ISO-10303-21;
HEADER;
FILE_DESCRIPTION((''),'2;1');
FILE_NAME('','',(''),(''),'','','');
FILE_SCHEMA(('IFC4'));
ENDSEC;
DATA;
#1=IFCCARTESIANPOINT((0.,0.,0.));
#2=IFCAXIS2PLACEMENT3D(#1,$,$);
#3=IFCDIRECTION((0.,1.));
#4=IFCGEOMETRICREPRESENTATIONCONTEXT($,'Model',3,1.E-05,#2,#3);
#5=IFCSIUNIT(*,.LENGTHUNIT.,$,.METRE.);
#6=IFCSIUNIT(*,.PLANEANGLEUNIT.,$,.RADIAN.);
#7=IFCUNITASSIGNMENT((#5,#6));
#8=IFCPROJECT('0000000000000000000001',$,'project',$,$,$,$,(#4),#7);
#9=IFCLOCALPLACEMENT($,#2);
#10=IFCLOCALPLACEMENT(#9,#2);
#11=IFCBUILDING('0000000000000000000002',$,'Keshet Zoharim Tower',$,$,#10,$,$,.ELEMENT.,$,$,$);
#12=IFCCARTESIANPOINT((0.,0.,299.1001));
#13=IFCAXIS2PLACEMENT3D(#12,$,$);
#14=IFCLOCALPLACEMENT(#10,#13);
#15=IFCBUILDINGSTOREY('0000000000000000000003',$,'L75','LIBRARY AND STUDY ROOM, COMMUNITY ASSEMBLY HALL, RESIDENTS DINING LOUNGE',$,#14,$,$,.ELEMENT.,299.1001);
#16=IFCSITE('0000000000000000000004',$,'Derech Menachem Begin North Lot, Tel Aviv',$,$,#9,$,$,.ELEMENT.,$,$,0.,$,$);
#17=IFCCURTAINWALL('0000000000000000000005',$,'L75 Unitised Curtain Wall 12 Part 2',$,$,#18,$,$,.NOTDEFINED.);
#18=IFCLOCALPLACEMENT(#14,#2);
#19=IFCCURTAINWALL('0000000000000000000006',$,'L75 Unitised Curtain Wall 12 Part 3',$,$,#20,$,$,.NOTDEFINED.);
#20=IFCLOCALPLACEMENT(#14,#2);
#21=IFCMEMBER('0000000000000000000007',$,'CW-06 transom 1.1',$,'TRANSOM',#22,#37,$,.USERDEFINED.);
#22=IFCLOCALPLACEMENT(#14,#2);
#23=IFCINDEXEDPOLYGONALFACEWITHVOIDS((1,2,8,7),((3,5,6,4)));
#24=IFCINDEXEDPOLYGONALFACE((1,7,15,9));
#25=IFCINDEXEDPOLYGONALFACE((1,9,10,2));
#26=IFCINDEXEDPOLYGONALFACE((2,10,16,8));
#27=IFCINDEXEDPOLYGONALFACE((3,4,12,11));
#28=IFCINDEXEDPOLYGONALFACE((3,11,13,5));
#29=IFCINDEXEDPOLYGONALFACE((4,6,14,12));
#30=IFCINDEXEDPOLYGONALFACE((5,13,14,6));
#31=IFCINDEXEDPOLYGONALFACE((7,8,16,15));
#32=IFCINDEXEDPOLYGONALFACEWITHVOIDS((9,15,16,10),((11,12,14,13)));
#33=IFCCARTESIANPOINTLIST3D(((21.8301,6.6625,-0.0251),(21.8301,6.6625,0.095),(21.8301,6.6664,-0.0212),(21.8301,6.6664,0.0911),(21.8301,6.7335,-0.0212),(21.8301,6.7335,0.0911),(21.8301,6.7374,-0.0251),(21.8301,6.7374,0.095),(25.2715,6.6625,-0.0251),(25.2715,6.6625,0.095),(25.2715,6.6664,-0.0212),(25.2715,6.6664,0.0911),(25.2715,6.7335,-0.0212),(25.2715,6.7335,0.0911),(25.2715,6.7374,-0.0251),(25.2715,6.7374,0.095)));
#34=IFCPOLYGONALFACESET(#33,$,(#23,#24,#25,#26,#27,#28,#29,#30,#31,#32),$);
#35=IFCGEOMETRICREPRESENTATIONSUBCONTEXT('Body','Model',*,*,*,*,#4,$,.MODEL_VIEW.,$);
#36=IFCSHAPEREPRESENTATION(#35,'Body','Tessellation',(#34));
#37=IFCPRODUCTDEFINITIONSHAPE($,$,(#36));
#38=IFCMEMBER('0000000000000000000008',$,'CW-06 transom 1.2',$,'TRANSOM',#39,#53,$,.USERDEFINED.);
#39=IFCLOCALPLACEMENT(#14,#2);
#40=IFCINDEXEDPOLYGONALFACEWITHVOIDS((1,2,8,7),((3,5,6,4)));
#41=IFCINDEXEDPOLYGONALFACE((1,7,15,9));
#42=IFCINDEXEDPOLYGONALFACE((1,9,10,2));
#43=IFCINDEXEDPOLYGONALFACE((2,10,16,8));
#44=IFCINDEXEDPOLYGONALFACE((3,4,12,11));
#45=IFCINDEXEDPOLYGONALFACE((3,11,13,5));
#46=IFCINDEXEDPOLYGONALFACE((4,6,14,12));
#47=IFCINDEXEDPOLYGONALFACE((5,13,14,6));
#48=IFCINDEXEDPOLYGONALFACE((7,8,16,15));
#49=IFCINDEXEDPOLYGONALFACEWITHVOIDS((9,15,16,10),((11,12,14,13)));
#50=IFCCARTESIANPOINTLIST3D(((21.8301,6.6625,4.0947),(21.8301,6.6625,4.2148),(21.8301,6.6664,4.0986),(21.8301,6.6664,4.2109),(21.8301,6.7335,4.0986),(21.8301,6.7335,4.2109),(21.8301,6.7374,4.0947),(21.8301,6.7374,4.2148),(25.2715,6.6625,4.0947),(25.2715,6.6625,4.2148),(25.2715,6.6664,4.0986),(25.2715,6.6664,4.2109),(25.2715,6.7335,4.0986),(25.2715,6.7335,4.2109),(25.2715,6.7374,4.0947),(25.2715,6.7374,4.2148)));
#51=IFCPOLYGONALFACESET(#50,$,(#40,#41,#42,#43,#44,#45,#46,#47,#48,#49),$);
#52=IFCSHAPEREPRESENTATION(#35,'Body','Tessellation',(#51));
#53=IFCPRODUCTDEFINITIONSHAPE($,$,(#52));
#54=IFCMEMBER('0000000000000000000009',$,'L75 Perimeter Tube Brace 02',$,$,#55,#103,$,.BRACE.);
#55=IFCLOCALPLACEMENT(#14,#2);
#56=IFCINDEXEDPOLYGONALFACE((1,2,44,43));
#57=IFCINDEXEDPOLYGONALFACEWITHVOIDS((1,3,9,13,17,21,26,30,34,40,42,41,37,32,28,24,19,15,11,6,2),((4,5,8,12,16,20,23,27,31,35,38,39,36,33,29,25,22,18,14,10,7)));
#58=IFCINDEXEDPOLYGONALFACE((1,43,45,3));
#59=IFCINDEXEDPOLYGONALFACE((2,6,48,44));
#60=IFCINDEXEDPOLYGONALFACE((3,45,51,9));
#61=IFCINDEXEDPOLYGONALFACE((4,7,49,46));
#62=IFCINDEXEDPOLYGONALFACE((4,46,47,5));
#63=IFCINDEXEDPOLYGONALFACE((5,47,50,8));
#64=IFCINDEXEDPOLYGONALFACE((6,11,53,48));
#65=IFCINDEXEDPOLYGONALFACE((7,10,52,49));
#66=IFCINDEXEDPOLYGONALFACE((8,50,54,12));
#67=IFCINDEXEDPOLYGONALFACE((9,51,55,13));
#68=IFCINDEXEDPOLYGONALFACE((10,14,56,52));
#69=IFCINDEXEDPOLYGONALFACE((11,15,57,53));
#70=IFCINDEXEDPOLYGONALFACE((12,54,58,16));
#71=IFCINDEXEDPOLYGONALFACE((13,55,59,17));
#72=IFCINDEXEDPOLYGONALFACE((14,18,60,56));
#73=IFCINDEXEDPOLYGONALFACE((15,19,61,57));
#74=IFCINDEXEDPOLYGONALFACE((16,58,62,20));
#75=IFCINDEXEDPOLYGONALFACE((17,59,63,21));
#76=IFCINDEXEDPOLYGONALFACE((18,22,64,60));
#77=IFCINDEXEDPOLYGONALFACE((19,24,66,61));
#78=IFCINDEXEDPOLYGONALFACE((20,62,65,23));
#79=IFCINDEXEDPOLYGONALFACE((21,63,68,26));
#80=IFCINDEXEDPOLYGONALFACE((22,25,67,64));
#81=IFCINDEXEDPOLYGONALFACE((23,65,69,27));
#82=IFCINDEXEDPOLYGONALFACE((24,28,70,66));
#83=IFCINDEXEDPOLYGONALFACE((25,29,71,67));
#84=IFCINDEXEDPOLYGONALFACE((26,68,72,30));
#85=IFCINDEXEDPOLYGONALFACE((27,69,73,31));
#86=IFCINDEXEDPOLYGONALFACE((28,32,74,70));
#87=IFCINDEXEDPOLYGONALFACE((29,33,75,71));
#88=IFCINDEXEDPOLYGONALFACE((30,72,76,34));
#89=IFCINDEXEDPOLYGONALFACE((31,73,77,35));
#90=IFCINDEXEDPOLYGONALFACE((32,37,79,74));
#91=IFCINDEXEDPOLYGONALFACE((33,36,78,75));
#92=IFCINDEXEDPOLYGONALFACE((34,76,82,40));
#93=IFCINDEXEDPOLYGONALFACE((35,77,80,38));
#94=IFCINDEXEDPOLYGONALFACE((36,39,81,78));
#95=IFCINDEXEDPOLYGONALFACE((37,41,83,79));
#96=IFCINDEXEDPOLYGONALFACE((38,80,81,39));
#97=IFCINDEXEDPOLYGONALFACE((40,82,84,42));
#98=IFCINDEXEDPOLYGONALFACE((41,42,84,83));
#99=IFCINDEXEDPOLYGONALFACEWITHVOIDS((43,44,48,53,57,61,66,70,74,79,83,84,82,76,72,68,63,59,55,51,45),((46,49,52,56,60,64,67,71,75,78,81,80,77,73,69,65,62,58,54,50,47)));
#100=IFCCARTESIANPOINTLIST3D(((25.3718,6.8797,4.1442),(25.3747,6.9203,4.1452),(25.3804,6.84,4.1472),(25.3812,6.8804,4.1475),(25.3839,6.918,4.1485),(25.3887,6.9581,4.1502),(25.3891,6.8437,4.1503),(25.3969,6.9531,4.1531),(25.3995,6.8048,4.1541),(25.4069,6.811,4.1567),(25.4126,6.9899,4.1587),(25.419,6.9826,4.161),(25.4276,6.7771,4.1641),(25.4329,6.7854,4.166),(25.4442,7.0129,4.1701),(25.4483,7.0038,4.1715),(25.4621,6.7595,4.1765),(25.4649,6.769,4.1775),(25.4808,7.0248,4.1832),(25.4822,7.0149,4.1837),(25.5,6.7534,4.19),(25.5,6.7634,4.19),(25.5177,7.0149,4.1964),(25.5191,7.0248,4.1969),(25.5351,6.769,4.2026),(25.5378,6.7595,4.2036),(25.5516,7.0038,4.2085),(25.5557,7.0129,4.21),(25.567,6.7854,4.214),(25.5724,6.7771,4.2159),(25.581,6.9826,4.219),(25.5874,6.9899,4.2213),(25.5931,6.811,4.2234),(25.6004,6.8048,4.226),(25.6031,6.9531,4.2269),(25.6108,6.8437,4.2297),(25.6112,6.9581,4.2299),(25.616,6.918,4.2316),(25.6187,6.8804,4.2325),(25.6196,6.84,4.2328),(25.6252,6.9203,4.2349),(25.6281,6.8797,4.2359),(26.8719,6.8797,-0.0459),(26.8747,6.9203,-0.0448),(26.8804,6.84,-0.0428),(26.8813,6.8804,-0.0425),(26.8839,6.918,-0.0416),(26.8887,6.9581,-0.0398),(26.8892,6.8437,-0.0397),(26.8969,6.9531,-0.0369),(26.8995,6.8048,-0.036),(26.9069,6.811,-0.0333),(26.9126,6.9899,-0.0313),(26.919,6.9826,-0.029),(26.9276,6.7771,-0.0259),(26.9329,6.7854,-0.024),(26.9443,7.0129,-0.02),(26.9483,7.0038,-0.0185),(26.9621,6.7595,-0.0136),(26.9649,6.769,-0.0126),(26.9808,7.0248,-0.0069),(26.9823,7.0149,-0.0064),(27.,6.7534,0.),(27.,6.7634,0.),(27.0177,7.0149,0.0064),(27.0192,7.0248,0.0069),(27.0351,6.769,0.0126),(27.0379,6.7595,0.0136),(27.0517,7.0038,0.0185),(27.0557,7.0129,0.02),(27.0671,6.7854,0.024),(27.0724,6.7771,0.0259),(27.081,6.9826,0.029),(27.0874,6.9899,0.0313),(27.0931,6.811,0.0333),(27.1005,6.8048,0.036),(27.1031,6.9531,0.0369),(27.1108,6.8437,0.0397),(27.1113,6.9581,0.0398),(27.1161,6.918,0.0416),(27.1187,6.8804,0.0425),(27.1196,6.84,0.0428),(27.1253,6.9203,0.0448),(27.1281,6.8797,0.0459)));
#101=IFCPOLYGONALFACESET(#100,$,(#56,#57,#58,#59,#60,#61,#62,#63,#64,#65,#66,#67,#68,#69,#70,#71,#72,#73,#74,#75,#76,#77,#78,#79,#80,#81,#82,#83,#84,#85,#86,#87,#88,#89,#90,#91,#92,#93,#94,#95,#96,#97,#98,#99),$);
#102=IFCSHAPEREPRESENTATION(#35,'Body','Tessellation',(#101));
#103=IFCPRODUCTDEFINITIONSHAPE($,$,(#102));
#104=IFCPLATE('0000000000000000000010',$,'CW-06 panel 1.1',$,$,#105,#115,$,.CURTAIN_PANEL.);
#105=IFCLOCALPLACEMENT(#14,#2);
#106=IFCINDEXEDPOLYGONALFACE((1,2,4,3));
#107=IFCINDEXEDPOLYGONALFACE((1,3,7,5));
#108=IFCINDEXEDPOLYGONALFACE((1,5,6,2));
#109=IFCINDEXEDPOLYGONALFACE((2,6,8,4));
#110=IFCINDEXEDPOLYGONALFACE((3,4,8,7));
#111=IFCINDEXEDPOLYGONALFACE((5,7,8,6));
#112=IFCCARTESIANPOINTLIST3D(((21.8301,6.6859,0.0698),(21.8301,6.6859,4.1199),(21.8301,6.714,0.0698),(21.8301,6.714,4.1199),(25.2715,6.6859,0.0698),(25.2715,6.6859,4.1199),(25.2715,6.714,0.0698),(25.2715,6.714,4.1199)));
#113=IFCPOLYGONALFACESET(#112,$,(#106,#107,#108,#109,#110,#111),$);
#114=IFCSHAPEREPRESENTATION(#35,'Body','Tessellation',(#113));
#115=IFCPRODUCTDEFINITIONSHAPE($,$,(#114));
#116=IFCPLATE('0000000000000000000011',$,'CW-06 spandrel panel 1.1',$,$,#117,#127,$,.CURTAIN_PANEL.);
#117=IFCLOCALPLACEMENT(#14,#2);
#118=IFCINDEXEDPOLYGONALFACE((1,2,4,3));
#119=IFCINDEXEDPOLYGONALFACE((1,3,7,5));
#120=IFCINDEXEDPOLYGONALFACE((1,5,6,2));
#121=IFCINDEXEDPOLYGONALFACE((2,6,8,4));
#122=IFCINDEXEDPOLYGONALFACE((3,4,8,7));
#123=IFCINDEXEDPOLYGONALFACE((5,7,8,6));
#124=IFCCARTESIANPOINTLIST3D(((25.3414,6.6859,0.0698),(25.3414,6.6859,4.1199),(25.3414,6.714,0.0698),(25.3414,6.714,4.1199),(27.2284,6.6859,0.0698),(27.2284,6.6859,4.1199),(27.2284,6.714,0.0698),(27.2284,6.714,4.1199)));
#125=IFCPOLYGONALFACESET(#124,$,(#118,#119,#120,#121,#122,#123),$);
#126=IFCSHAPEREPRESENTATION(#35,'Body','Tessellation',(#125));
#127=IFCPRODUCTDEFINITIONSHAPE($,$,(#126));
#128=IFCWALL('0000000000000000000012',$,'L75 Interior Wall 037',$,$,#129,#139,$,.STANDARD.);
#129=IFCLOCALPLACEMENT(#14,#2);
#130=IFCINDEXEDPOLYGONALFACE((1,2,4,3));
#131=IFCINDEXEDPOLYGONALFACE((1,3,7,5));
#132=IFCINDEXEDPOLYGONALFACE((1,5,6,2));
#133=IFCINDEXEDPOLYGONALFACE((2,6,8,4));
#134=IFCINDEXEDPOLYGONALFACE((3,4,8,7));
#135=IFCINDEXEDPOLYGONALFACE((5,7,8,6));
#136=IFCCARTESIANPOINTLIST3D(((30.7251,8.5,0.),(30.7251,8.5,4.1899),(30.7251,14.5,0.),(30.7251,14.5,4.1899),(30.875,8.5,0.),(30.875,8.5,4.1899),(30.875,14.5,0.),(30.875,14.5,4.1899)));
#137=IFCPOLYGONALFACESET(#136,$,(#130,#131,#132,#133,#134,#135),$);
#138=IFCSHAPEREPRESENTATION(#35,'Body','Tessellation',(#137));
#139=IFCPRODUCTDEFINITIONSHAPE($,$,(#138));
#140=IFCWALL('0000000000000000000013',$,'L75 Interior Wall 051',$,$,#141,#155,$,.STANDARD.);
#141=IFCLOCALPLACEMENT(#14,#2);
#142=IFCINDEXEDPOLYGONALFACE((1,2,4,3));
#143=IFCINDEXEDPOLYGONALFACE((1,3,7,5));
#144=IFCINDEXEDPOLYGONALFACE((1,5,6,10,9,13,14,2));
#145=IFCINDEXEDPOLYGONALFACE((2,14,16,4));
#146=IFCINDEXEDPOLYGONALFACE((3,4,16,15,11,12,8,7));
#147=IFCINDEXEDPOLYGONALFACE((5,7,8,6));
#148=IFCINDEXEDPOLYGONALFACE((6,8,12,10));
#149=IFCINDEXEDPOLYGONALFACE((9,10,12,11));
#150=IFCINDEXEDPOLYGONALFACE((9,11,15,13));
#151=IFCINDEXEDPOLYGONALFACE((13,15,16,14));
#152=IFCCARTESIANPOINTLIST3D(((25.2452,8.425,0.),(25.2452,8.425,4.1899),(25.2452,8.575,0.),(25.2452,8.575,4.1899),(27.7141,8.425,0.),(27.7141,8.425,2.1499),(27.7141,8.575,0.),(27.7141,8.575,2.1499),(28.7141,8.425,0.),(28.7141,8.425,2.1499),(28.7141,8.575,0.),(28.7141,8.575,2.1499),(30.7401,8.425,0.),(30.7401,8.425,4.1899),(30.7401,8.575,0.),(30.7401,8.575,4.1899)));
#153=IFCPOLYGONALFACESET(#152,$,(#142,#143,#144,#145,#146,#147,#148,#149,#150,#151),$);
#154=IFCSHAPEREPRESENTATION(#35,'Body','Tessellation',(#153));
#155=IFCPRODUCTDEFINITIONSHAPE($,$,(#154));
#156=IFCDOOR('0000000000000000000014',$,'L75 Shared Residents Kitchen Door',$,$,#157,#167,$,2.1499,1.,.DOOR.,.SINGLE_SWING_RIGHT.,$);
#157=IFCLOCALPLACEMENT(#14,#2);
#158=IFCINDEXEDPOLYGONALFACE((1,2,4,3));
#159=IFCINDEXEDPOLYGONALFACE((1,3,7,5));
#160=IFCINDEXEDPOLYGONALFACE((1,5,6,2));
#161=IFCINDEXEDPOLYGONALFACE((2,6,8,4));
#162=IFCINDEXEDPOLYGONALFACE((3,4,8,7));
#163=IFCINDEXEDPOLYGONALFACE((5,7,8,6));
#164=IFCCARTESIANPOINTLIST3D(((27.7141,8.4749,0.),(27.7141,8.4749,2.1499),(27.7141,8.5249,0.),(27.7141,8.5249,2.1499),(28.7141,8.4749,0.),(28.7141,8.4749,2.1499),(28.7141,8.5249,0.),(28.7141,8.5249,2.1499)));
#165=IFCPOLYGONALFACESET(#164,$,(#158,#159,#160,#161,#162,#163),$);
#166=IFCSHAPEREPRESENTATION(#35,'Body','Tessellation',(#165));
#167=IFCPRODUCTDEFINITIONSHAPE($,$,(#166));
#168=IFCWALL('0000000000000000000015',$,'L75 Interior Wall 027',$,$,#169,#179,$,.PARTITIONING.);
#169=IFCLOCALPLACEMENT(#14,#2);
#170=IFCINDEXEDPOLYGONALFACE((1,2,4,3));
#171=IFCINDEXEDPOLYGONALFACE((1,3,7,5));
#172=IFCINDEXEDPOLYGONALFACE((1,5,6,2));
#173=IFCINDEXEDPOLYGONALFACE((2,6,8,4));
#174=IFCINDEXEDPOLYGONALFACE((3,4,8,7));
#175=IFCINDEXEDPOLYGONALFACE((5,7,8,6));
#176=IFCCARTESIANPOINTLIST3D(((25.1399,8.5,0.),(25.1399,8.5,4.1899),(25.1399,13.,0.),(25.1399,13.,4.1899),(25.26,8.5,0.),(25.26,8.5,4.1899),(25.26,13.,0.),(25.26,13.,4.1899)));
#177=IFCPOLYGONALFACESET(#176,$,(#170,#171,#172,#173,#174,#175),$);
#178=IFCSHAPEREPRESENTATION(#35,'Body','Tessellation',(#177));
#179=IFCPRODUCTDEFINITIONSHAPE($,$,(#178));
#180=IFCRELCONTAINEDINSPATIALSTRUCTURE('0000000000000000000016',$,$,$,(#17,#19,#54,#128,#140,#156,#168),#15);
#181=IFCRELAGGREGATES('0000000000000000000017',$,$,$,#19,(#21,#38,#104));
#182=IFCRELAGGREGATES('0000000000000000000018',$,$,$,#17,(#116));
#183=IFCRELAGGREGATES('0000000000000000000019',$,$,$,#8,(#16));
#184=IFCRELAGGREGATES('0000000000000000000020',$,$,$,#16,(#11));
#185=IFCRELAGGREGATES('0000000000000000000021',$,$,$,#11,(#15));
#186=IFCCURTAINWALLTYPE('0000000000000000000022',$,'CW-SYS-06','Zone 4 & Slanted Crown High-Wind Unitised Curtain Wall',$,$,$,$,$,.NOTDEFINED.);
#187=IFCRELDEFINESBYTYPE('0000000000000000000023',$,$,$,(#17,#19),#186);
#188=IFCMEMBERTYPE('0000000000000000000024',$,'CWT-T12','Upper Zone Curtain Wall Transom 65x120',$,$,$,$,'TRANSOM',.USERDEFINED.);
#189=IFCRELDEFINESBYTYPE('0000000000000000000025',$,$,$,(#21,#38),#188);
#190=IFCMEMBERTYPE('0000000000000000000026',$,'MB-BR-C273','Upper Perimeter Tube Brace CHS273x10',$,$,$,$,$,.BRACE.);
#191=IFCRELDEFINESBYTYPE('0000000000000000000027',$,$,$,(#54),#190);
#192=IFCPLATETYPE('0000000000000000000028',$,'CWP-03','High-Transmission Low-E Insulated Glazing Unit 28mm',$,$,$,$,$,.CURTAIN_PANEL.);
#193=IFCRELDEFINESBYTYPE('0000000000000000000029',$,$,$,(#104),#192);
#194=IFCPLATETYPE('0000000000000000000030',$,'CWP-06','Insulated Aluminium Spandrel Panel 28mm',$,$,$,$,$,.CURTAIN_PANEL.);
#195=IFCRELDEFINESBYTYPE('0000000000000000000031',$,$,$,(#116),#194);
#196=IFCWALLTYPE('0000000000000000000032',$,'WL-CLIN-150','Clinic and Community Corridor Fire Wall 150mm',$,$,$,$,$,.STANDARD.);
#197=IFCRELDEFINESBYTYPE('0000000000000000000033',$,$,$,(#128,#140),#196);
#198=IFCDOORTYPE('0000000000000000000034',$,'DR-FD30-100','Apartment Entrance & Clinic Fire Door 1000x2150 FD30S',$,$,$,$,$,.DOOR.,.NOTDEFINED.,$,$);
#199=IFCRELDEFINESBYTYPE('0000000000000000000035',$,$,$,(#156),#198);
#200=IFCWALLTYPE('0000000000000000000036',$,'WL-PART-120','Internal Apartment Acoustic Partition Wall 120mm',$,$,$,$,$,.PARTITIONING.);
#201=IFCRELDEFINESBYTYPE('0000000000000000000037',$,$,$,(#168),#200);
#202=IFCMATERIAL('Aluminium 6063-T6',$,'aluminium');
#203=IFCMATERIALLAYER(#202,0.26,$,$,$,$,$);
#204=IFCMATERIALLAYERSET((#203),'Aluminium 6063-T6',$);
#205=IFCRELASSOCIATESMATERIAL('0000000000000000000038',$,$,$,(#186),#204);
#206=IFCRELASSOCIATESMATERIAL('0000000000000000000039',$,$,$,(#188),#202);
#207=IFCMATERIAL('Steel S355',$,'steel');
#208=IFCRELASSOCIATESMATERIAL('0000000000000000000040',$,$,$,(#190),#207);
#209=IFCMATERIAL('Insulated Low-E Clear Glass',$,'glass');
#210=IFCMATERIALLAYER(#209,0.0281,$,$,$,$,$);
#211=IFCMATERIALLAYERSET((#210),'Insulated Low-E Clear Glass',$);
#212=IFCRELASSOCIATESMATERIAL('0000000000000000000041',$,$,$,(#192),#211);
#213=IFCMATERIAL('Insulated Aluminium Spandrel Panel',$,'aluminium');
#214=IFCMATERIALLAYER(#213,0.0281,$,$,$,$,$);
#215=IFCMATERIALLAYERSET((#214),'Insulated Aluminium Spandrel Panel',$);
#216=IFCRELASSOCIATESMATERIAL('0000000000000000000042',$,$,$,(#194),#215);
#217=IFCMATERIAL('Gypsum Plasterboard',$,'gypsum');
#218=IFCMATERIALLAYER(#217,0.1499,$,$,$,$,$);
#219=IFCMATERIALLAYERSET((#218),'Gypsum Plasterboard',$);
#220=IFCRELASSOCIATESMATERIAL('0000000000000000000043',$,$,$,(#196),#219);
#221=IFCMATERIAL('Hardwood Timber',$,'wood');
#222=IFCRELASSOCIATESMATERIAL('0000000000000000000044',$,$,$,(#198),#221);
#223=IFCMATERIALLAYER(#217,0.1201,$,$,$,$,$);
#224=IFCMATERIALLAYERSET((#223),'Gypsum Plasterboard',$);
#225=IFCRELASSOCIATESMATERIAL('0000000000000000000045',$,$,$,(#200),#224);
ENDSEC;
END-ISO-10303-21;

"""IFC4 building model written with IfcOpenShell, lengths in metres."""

from ifc_helpers import new_model, si_unit, direction, frame, frame_2d, origin, origin_2d, place, context, subcontext, project, spatial, rectangle, hollow_rectangle, hollow_circle, extrude, material, layer, layer_set, material_profile, profile_set, type_object, element, fill, aggregate, save


model = new_model("IFC4")

# Units and contexts
model_context = context("Model", 3, precision=1e-05, world=origin(), true_north=direction((0.0, 1.0)))
body_context = subcontext(model_context, "Body", "Model", "MODEL_VIEW")
ifc_project = project(units=[si_unit("LENGTHUNIT", "METRE"), si_unit("PLANEANGLEUNIT", "RADIAN")], contexts=[model_context])

# Site, building, storey
site_placement = place(None, origin())
site = spatial("IfcSite", under=ifc_project, at=site_placement, Name="Derech Menachem Begin North Lot, Tel Aviv", CompositionType="ELEMENT", RefElevation=0.0)
building_placement = place(site_placement, origin())
building = spatial("IfcBuilding", under=site, at=building_placement, Name="Keshet Zoharim Tower", CompositionType="ELEMENT")
storey_placement = place(building_placement, frame((0.0, 0.0, 299.1001)))
storey = spatial("IfcBuildingStorey", under=building, at=storey_placement, Name="L75", Description="LIBRARY AND STUDY ROOM, COMMUNITY ASSEMBLY HALL, RESIDENTS DINING LOUNGE", CompositionType="ELEMENT", Elevation=299.1001)

# Shared definitions
ifc_material_1 = material(Name="Steel S355", Category="steel")

# Curtain walls
ifc_material_2 = material(Name="Aluminium 6063-T6", Category="aluminium")
ifc_layer_1 = layer(ifc_material_2, 0.26)
ifc_layer_set_1 = layer_set([ifc_layer_1], Name="Aluminium 6063-T6")
curtain_wall_type = type_object("IfcCurtainWallType", Name="CW-SYS-06", Description="Zone 4 & Slanted Crown High-Wind Unitised Curtain Wall", PredefinedType="NOTDEFINED", material=ifc_layer_set_1)
curtain_wall_1_placement = place(storey_placement, origin())
curtain_wall_1 = element("IfcCurtainWall", 1, at=curtain_wall_1_placement, inside=storey, type_object=curtain_wall_type, Name="L75 Unitised Curtain Wall 12 Part 2", PredefinedType="NOTDEFINED")
curtain_wall_2_placement = place(storey_placement, origin())
curtain_wall_2 = element("IfcCurtainWall", 2, at=curtain_wall_2_placement, inside=storey, type_object=curtain_wall_type, Name="L75 Unitised Curtain Wall 12 Part 3", PredefinedType="NOTDEFINED")

# Members
ifc_material_profile_1 = material_profile(ifc_material_2, hollow_rectangle(XDim=0.075, YDim=0.1201, WallThickness=0.0039, at=origin_2d()), Name="TRN-75x120")
ifc_profile_set_1 = profile_set([ifc_material_profile_1], Name="Aluminium 6063-T6")
member_type_1 = type_object("IfcMemberType", Name="CWT-T12", Description="Upper Zone Curtain Wall Transom 65x120", ElementType="TRANSOM", PredefinedType="USERDEFINED", material=ifc_profile_set_1)
member_1_placement = place(storey_placement, frame((25.2715, 6.7, 0.0349), z_axis=(-1.0, 0.0, 0.0), x_axis=(0.0, -1.0, 0.0)))
member_1 = element("IfcMember", 3, at=member_1_placement, type_object=member_type_1, Name="CW-06 transom 1.1", ObjectType="TRANSOM", PredefinedType="USERDEFINED", context=body_context, shape_type="SweptSolid", body=[
    extrude(hollow_rectangle(XDim=0.075, YDim=0.1201, WallThickness=0.0039, at=origin_2d()), origin(), (0.0, 0.0, 1.0), 3.4414),
])
member_2_placement = place(storey_placement, frame((25.2715, 6.7, 4.1548), z_axis=(-1.0, 0.0, 0.0), x_axis=(0.0, -1.0, 0.0)))
member_2 = element("IfcMember", 4, at=member_2_placement, type_object=member_type_1, Name="CW-06 transom 1.2", ObjectType="TRANSOM", PredefinedType="USERDEFINED", context=body_context, shape_type="SweptSolid", body=[
    extrude(hollow_rectangle(XDim=0.075, YDim=0.1201, WallThickness=0.0039, at=origin_2d()), origin(), (0.0, 0.0, 1.0), 3.4414),
])
ifc_material_profile_2 = material_profile(ifc_material_1, hollow_circle(Radius=0.1365, WallThickness=0.01, at=origin_2d()), Name="CHS273x10")
ifc_profile_set_2 = profile_set([ifc_material_profile_2], Name="Steel S355")
member_type_2 = type_object("IfcMemberType", Name="MB-BR-C273", Description="Upper Perimeter Tube Brace CHS273x10", PredefinedType="BRACE", material=ifc_profile_set_2)
member_3_placement = place(storey_placement, frame((27.0, 6.8899, 0.0), z_axis=(-0.337052, 0.0, 0.941486), x_axis=(0.0, -1.0, 0.0)))
element("IfcMember", 5, at=member_3_placement, inside=storey, type_object=member_type_2, Name="L75 Perimeter Tube Brace 02", PredefinedType="BRACE", context=body_context, shape_type="SweptSolid", body=[
    extrude(hollow_circle(Radius=0.1365, WallThickness=0.01, at=origin_2d()), origin(), (0.0, 0.0, 1.0), 4.4504),
])

# Plates
ifc_material_3 = material(Name="Insulated Low-E Clear Glass", Category="glass")
ifc_layer_2 = layer(ifc_material_3, 0.0281)
ifc_layer_set_2 = layer_set([ifc_layer_2], Name="Insulated Low-E Clear Glass")
plate_type_1 = type_object("IfcPlateType", Name="CWP-03", Description="High-Transmission Low-E Insulated Glazing Unit 28mm", PredefinedType="CURTAIN_PANEL", material=ifc_layer_set_2)
plate_1_placement = place(storey_placement, frame((23.5508, 6.7, 0.0698), z_axis=(0.0, 0.0, 1.0), x_axis=(-1.0, 0.0, 0.0)))
plate_1 = element("IfcPlate", 6, at=plate_1_placement, type_object=plate_type_1, Name="CW-06 panel 1.1", PredefinedType="CURTAIN_PANEL", context=body_context, shape_type="SweptSolid", body=[
    extrude(rectangle(XDim=3.4414, YDim=0.0281, at=origin_2d()), origin(), (0.0, 0.0, 1.0), 4.05),
])
aggregate(curtain_wall_2, [member_1, member_2, plate_1])
ifc_material_4 = material(Name="Insulated Aluminium Spandrel Panel", Category="aluminium")
ifc_layer_3 = layer(ifc_material_4, 0.0281)
ifc_layer_set_3 = layer_set([ifc_layer_3], Name="Insulated Aluminium Spandrel Panel")
plate_type_2 = type_object("IfcPlateType", Name="CWP-06", Description="Insulated Aluminium Spandrel Panel 28mm", PredefinedType="CURTAIN_PANEL", material=ifc_layer_set_3)
plate_2_placement = place(storey_placement, frame((26.2849, 6.7, 0.0698), z_axis=(0.0, 0.0, 1.0), x_axis=(-1.0, 0.0, 0.0)))
plate_2 = element("IfcPlate", 7, at=plate_2_placement, type_object=plate_type_2, Name="CW-06 spandrel panel 1.1", PredefinedType="CURTAIN_PANEL", context=body_context, shape_type="SweptSolid", body=[
    extrude(rectangle(XDim=1.887, YDim=0.0281, at=origin_2d()), origin(), (0.0, 0.0, 1.0), 4.05),
])
aggregate(curtain_wall_1, [plate_2])

# Wall
ifc_material_5 = material(Name="Gypsum Plasterboard", Category="gypsum")
ifc_layer_4 = layer(ifc_material_5, 0.1499)
ifc_layer_set_4 = layer_set([ifc_layer_4], Name="Gypsum Plasterboard")
wall_type_1 = type_object("IfcWallType", Name="WL-CLIN-150", Description="Clinic and Community Corridor Fire Wall 150mm", PredefinedType="STANDARD", material=ifc_layer_set_4)
wall_1_placement = place(storey_placement, frame((30.8, 8.5, 0.0), z_axis=(0.0, 0.0, 1.0), x_axis=(0.0, 1.0, 0.0)))
element("IfcWall", 8, at=wall_1_placement, inside=storey, type_object=wall_type_1, Name="L75 Interior Wall 037", PredefinedType="STANDARD", context=body_context, shape_type="SweptSolid", body=[
    extrude(rectangle(XDim=6.0, YDim=0.1499, at=frame_2d((3.0, 0.0))), origin(), (0.0, 0.0, 1.0), 4.1899),
])

# Wall, opening, door
wall_2_placement = place(storey_placement, frame((25.2451, 8.5, 0.0), z_axis=(0.0, 0.0, 1.0), x_axis=(1.0, 0.0, 0.0)))
wall_2 = element("IfcWall", 9, at=wall_2_placement, inside=storey, type_object=wall_type_1, Name="L75 Interior Wall 051", PredefinedType="STANDARD", context=body_context, shape_type="SweptSolid", body=[
    extrude(rectangle(XDim=5.4949, YDim=0.1499, at=frame_2d((2.7476, 0.0))), origin(), (0.0, 0.0, 1.0), 4.1899),
])
opening_placement = place(wall_2_placement, frame((2.469, 0.0, 0.0)))
opening = element("IfcOpeningElement", 10, at=opening_placement, cuts=wall_2, PredefinedType="OPENING", context=body_context, shape_type="SweptSolid", body=[
    extrude(rectangle(XDim=1.0, YDim=2.1499, at=frame_2d((0.5, 1.075))), frame((0.0, 0.085, 0.0), z_axis=(0.0, -1.0, 0.0), x_axis=(1.0, 0.0, 0.0)), (0.0, 0.0, 1.0), 0.1699),
])
ifc_material_6 = material(Name="Hardwood Timber", Category="wood")
door_type = type_object("IfcDoorType", Name="DR-FD30-100", Description="Apartment Entrance & Clinic Fire Door 1000x2150 FD30S", OperationType="NOTDEFINED", PredefinedType="DOOR", material=ifc_material_6)
door_placement = place(opening_placement, origin())
door = element("IfcDoor", 11, at=door_placement, inside=storey, type_object=door_type, Name="L75 Shared Residents Kitchen Door", OperationType="SINGLE_SWING_RIGHT", OverallHeight=2.1499, OverallWidth=1.0, PredefinedType="DOOR", context=body_context, shape_type="SweptSolid", body=[
    extrude(rectangle(XDim=1.0, YDim=2.1499, at=frame_2d((0.5, 1.075))), frame((0.0, 0.0249, 0.0), z_axis=(0.0, -1.0, 0.0), x_axis=(1.0, 0.0, 0.0)), (0.0, 0.0, 1.0), 0.05),
])
fill(opening, door)

# Wall
ifc_layer_5 = layer(ifc_material_5, 0.1201)
ifc_layer_set_5 = layer_set([ifc_layer_5], Name="Gypsum Plasterboard")
wall_type_2 = type_object("IfcWallType", Name="WL-PART-120", Description="Internal Apartment Acoustic Partition Wall 120mm", PredefinedType="PARTITIONING", material=ifc_layer_set_5)
wall_3_placement = place(storey_placement, frame((25.2, 8.5, 0.0), z_axis=(0.0, 0.0, 1.0), x_axis=(0.0, 1.0, 0.0)))
element("IfcWall", 12, at=wall_3_placement, inside=storey, type_object=wall_type_2, Name="L75 Interior Wall 027", PredefinedType="PARTITIONING", context=body_context, shape_type="SweptSolid", body=[
    extrude(rectangle(XDim=4.5, YDim=0.1201, at=frame_2d((2.25, 0.0))), origin(), (0.0, 0.0, 1.0), 4.1899),
])

save(model, "model.ifc")
